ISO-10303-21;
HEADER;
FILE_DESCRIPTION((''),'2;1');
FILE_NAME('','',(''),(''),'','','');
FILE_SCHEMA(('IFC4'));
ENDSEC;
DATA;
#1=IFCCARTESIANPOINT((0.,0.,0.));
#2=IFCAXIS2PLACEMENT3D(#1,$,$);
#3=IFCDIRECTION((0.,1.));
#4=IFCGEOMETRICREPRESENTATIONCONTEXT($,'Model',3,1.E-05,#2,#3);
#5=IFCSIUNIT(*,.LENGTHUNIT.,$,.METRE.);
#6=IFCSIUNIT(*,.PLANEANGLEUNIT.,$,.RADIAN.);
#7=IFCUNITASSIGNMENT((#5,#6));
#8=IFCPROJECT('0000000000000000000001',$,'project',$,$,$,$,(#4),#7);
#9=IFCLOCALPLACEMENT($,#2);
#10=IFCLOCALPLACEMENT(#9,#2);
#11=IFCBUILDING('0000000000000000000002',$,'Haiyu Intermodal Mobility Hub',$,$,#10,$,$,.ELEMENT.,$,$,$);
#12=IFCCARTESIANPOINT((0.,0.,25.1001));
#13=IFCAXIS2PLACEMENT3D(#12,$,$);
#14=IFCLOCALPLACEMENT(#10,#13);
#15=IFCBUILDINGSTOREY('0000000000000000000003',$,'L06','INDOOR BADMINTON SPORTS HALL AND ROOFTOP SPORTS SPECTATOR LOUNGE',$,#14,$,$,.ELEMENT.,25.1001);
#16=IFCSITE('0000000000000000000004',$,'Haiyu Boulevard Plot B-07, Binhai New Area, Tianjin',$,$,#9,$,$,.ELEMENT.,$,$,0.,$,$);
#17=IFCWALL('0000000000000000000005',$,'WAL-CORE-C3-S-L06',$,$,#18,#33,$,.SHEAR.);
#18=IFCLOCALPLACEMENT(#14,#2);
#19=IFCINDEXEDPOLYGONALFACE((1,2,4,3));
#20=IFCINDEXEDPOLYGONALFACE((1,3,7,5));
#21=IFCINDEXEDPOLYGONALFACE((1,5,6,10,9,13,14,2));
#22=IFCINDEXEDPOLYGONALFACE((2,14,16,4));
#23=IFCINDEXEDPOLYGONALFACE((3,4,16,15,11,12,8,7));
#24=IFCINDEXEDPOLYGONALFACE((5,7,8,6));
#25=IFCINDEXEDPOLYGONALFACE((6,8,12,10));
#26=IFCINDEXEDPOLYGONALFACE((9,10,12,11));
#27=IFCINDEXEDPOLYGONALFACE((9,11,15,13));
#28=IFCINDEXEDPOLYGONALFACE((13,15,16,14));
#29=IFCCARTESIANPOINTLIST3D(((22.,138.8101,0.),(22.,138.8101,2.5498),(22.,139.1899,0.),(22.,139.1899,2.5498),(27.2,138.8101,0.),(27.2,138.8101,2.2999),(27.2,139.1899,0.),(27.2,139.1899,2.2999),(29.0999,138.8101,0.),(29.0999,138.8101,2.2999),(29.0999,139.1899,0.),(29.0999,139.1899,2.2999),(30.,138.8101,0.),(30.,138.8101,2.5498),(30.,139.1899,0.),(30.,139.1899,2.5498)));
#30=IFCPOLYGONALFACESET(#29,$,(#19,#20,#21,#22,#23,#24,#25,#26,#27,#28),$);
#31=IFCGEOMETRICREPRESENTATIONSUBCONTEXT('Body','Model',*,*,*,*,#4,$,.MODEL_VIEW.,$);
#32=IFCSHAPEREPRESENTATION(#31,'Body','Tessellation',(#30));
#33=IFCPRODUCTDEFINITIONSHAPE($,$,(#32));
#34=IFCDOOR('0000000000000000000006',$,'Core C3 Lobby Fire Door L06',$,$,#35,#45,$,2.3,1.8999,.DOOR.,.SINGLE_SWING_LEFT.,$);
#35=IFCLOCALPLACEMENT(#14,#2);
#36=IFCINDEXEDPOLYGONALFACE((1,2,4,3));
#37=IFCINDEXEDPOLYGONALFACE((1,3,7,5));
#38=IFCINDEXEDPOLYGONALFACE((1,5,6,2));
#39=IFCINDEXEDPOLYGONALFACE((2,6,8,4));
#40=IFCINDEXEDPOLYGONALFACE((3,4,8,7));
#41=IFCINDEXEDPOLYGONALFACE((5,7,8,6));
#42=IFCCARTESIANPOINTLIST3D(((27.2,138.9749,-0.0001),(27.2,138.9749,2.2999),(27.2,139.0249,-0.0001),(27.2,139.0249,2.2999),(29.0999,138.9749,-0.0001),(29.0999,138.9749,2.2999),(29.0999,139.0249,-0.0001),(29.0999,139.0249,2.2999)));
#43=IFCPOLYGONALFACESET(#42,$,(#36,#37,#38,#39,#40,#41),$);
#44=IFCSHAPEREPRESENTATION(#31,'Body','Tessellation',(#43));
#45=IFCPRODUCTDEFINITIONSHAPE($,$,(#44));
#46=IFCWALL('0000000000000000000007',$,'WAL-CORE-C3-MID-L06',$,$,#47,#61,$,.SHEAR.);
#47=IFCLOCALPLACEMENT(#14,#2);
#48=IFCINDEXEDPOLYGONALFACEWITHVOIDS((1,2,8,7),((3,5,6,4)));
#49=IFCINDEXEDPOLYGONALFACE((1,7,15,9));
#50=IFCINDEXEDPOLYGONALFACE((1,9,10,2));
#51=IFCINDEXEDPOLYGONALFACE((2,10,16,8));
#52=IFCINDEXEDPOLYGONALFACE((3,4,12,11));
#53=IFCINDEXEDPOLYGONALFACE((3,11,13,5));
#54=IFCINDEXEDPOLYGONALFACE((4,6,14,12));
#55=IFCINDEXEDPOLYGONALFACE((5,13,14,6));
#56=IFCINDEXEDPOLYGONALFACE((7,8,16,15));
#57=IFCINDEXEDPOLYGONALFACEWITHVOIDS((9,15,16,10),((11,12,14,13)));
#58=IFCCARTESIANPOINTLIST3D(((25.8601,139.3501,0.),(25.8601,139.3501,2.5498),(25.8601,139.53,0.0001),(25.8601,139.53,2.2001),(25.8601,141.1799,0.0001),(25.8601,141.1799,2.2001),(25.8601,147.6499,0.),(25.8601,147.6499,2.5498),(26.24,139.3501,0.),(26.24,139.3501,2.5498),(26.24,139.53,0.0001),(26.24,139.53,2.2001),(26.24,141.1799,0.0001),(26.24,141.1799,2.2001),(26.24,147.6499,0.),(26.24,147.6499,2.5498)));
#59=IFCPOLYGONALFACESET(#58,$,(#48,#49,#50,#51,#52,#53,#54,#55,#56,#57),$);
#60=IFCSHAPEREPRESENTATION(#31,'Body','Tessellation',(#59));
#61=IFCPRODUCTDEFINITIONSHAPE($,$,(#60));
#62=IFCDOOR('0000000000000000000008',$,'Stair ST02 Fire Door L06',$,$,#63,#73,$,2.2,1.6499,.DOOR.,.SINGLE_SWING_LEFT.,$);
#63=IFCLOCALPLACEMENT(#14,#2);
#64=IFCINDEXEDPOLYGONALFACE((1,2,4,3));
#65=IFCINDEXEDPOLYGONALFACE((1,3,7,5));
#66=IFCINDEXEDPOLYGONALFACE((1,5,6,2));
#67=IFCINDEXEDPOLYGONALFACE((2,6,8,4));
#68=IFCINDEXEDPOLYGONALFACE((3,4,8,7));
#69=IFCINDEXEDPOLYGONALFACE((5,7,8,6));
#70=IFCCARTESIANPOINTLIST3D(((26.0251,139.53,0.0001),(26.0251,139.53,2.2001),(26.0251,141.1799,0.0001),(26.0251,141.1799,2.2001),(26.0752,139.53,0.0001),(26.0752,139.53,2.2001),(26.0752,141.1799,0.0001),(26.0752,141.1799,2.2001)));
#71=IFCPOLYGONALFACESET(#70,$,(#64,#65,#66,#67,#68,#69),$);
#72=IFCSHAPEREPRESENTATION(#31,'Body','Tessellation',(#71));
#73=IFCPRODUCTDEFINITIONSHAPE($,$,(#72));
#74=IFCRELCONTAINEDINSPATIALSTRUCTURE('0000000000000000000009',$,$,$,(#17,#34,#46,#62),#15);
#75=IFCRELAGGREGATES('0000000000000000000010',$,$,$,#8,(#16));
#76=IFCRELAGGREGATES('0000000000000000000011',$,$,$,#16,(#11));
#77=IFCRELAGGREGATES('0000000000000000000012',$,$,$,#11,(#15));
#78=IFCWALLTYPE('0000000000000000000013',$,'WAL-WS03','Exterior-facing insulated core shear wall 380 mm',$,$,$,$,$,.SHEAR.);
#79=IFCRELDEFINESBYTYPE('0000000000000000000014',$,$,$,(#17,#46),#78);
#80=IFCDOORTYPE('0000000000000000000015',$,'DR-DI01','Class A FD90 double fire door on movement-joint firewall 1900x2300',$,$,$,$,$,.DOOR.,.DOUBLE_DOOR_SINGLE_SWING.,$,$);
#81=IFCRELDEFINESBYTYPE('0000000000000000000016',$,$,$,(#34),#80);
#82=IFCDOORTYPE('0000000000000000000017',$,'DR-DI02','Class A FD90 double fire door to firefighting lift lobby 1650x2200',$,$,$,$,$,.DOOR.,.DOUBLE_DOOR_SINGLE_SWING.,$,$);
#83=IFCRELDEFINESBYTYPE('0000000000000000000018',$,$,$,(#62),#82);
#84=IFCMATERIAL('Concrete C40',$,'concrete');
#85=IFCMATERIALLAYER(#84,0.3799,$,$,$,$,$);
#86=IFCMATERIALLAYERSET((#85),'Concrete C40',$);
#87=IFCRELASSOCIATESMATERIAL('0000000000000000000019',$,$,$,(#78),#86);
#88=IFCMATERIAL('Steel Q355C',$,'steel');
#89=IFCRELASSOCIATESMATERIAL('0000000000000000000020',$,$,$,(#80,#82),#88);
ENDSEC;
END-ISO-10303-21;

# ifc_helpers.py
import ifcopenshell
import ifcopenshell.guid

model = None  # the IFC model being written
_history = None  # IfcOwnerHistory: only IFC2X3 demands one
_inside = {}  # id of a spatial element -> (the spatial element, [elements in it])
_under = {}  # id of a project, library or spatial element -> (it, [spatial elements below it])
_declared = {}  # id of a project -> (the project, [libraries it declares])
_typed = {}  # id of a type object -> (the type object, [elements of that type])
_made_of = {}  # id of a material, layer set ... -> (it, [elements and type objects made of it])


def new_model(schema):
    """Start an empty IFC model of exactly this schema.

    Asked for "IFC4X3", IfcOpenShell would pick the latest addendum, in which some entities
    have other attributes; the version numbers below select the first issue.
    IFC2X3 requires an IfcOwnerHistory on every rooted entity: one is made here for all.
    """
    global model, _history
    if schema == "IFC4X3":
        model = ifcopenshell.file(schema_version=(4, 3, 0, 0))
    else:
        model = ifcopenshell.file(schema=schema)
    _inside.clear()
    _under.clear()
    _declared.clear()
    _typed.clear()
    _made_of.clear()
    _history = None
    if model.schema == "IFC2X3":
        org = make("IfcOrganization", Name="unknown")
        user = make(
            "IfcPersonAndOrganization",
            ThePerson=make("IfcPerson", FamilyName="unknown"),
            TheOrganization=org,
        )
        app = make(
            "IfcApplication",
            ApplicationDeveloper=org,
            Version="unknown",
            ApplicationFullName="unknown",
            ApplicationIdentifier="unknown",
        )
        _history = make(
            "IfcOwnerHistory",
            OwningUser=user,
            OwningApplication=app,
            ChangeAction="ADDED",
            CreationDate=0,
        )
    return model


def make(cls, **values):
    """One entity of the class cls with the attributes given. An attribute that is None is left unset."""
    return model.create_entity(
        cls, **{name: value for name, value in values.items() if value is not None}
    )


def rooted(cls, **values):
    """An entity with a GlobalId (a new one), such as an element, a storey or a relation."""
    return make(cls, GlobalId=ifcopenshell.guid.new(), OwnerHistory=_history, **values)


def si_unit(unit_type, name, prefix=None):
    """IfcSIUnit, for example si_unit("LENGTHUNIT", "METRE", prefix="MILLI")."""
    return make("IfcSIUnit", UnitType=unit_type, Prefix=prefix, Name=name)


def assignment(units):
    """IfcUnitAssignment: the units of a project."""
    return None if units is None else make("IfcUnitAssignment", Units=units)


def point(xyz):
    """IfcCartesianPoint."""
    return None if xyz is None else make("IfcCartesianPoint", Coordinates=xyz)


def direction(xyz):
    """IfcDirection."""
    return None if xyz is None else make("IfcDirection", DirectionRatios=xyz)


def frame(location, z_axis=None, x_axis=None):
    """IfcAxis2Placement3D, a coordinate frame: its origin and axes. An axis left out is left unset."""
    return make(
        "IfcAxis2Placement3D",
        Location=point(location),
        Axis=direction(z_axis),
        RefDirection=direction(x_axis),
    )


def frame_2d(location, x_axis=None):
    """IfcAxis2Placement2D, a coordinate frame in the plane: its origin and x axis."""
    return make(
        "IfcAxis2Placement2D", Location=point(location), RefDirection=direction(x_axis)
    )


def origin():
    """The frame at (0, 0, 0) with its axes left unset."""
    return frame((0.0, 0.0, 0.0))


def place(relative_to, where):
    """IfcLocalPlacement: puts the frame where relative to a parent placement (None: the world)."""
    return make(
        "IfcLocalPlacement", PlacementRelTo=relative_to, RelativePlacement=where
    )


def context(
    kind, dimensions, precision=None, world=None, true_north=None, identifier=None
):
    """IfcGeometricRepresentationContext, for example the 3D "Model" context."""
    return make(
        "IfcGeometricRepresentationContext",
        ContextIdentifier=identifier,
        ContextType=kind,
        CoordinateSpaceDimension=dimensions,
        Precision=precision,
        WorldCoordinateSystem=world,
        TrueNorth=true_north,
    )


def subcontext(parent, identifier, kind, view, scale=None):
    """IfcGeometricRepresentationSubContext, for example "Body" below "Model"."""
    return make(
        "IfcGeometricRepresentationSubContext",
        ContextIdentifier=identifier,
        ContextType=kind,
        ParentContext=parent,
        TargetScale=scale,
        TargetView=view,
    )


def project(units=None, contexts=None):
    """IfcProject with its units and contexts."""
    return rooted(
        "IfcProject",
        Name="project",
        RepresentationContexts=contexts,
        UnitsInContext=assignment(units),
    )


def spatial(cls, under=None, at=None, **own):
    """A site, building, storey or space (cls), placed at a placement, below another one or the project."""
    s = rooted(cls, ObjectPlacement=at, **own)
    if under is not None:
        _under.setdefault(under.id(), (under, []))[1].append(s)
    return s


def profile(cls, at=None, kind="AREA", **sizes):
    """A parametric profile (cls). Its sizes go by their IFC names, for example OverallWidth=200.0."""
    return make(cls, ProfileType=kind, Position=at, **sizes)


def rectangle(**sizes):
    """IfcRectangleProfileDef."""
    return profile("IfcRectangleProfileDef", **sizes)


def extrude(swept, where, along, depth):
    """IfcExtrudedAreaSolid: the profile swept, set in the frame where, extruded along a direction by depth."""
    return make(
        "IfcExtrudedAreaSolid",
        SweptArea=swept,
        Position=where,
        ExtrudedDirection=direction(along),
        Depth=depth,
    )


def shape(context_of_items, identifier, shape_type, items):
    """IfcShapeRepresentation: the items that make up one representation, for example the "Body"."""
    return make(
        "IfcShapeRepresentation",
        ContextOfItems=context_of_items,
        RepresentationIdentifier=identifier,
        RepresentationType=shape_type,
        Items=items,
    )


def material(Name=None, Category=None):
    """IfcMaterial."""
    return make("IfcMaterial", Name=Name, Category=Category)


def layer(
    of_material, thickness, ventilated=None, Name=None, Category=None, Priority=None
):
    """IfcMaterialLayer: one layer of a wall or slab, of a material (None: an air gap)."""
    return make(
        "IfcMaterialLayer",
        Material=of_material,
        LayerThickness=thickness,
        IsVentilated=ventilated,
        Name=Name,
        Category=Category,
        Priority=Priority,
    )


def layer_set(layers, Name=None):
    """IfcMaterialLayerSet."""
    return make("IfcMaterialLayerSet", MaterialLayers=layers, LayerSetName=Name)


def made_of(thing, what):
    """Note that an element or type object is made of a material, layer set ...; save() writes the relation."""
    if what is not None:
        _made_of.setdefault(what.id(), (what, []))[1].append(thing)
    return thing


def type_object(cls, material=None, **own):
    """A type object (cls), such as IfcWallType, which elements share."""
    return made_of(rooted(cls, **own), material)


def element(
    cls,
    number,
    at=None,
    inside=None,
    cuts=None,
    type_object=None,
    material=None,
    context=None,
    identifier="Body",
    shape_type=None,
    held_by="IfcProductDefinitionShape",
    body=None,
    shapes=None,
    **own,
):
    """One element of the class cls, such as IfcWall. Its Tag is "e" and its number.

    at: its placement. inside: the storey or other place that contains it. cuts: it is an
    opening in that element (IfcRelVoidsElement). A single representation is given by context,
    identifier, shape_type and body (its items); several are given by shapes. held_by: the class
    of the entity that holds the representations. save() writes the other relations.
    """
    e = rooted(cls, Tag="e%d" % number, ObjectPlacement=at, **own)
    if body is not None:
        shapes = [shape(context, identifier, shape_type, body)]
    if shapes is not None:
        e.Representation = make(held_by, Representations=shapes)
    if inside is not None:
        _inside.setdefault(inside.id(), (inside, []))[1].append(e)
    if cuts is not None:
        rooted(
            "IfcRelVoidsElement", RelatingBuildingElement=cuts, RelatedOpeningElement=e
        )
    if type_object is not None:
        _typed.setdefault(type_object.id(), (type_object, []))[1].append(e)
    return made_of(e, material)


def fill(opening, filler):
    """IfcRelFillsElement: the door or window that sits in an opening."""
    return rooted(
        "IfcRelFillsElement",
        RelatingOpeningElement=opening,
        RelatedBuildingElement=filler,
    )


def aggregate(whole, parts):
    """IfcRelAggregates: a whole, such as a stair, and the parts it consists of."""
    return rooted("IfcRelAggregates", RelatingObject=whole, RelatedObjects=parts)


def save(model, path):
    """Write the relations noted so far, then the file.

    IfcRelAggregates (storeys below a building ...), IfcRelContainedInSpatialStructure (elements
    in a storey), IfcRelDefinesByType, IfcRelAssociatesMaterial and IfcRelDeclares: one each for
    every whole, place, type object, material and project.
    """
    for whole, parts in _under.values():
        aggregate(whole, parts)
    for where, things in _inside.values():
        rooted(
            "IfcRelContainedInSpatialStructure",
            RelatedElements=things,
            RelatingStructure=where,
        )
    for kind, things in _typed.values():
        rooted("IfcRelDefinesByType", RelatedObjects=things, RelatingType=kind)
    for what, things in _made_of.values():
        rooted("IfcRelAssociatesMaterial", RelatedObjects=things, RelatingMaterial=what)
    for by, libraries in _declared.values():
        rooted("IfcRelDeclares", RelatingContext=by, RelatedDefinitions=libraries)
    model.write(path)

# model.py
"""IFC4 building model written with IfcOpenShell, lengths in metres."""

from ifc_helpers import new_model, si_unit, direction, frame, frame_2d, origin, place, context, subcontext, project, spatial, rectangle, extrude, material, layer, layer_set, type_object, element, fill, save


model = new_model("IFC4")

# Units and contexts
model_context = context("Model", 3, precision=1e-05, world=origin(), true_north=direction((0.0, 1.0)))
body_context = subcontext(model_context, "Body", "Model", "MODEL_VIEW")
ifc_project = project(units=[si_unit("LENGTHUNIT", "METRE"), si_unit("PLANEANGLEUNIT", "RADIAN")], contexts=[model_context])

# Site, building, storey
site_placement = place(None, origin())
site = spatial("IfcSite", under=ifc_project, at=site_placement, Name="Haiyu Boulevard Plot B-07, Binhai New Area, Tianjin", CompositionType="ELEMENT", RefElevation=0.0)
building_placement = place(site_placement, origin())
building = spatial("IfcBuilding", under=site, at=building_placement, Name="Haiyu Intermodal Mobility Hub", CompositionType="ELEMENT")
storey_placement = place(building_placement, frame((0.0, 0.0, 25.1001)))
storey = spatial("IfcBuildingStorey", under=building, at=storey_placement, Name="L06", Description="INDOOR BADMINTON SPORTS HALL AND ROOFTOP SPORTS SPECTATOR LOUNGE", CompositionType="ELEMENT", Elevation=25.1001)

# Shared definitions
ifc_material_1 = material(Name="Steel Q355C", Category="steel")

# Shared definitions
ifc_material_2 = material(Name="Concrete C40", Category="concrete")

# Walls, openings, doors
ifc_layer_1 = layer(ifc_material_2, 0.3799)
ifc_layer_set_1 = layer_set([ifc_layer_1], Name="Concrete C40")
wall_type = type_object("IfcWallType", Name="WAL-WS03", Description="Exterior-facing insulated core shear wall 380 mm", PredefinedType="SHEAR", material=ifc_layer_set_1)
wall_1_placement = place(storey_placement, frame((22.0, 139.0, 0.0), z_axis=(0.0, 0.0, 1.0), x_axis=(1.0, 0.0, 0.0)))
wall_1 = element("IfcWall", 1, at=wall_1_placement, inside=storey, type_object=wall_type, Name="WAL-CORE-C3-S-L06", PredefinedType="SHEAR", context=body_context, shape_type="SweptSolid", body=[
    extrude(rectangle(XDim=8.0, YDim=0.3799, at=frame_2d((4.0, 0.0))), origin(), (0.0, 0.0, 1.0), 2.5498),
])
opening_1_placement = place(wall_1_placement, frame((5.2, 0.0, 0.0)))
opening_1 = element("IfcOpeningElement", 2, at=opening_1_placement, cuts=wall_1, PredefinedType="OPENING", context=body_context, shape_type="SweptSolid", body=[
    extrude(rectangle(XDim=1.8999, YDim=2.3, at=frame_2d((0.95, 1.1499))), frame((0.0, 0.2, 0.0), z_axis=(0.0, -1.0, 0.0), x_axis=(1.0, 0.0, 0.0)), (0.0, 0.0, 1.0), 0.3999),
])
door_type_1 = type_object("IfcDoorType", Name="DR-DI01", Description="Class A FD90 double fire door on movement-joint firewall 1900x2300", OperationType="DOUBLE_DOOR_SINGLE_SWING", PredefinedType="DOOR", material=ifc_material_1)
door_1_placement = place(opening_1_placement, origin())
door_1 = element("IfcDoor", 3, at=door_1_placement, inside=storey, type_object=door_type_1, Name="Core C3 Lobby Fire Door L06", OperationType="SINGLE_SWING_LEFT", OverallHeight=2.3, OverallWidth=1.8999, PredefinedType="DOOR", context=body_context, shape_type="SweptSolid", body=[
    extrude(rectangle(XDim=1.8999, YDim=2.3, at=frame_2d((0.95, 1.1499))), frame((0.0, 0.0249, 0.0), z_axis=(0.0, -1.0, 0.0), x_axis=(1.0, 0.0, 0.0)), (0.0, 0.0, 1.0), 0.05),
])
fill(opening_1, door_1)
wall_2_placement = place(storey_placement, frame((26.05, 139.3501, 0.0), z_axis=(0.0, 0.0, 1.0), x_axis=(0.0, 1.0, 0.0)))
wall_2 = element("IfcWall", 4, at=wall_2_placement, inside=storey, type_object=wall_type, Name="WAL-CORE-C3-MID-L06", PredefinedType="SHEAR", context=body_context, shape_type="SweptSolid", body=[
    extrude(rectangle(XDim=8.2998, YDim=0.3799, at=frame_2d((4.1499, 0.0))), origin(), (0.0, 0.0, 1.0), 2.5498),
])
opening_2_placement = place(wall_2_placement, frame((0.1799, 0.0, 0.0)))
opening_2 = element("IfcOpeningElement", 5, at=opening_2_placement, cuts=wall_2, PredefinedType="OPENING", context=body_context, shape_type="SweptSolid", body=[
    extrude(rectangle(XDim=1.6499, YDim=2.2, at=frame_2d((0.825, 1.1001))), frame((0.0, 0.2, 0.0), z_axis=(0.0, -1.0, 0.0), x_axis=(1.0, 0.0, 0.0)), (0.0, 0.0, 1.0), 0.3999),
])
door_type_2 = type_object("IfcDoorType", Name="DR-DI02", Description="Class A FD90 double fire door to firefighting lift lobby 1650x2200", OperationType="DOUBLE_DOOR_SINGLE_SWING", PredefinedType="DOOR", material=ifc_material_1)
door_2_placement = place(opening_2_placement, origin())
door_2 = element("IfcDoor", 6, at=door_2_placement, inside=storey, type_object=door_type_2, Name="Stair ST02 Fire Door L06", OperationType="SINGLE_SWING_LEFT", OverallHeight=2.2, OverallWidth=1.6499, PredefinedType="DOOR", context=body_context, shape_type="SweptSolid", body=[
    extrude(rectangle(XDim=1.6499, YDim=2.2, at=frame_2d((0.825, 1.1001))), frame((0.0, 0.0249, 0.0), z_axis=(0.0, -1.0, 0.0), x_axis=(1.0, 0.0, 0.0)), (0.0, 0.0, 1.0), 0.05),
])
fill(opening_2, door_2)

save(model, "model.ifc")
